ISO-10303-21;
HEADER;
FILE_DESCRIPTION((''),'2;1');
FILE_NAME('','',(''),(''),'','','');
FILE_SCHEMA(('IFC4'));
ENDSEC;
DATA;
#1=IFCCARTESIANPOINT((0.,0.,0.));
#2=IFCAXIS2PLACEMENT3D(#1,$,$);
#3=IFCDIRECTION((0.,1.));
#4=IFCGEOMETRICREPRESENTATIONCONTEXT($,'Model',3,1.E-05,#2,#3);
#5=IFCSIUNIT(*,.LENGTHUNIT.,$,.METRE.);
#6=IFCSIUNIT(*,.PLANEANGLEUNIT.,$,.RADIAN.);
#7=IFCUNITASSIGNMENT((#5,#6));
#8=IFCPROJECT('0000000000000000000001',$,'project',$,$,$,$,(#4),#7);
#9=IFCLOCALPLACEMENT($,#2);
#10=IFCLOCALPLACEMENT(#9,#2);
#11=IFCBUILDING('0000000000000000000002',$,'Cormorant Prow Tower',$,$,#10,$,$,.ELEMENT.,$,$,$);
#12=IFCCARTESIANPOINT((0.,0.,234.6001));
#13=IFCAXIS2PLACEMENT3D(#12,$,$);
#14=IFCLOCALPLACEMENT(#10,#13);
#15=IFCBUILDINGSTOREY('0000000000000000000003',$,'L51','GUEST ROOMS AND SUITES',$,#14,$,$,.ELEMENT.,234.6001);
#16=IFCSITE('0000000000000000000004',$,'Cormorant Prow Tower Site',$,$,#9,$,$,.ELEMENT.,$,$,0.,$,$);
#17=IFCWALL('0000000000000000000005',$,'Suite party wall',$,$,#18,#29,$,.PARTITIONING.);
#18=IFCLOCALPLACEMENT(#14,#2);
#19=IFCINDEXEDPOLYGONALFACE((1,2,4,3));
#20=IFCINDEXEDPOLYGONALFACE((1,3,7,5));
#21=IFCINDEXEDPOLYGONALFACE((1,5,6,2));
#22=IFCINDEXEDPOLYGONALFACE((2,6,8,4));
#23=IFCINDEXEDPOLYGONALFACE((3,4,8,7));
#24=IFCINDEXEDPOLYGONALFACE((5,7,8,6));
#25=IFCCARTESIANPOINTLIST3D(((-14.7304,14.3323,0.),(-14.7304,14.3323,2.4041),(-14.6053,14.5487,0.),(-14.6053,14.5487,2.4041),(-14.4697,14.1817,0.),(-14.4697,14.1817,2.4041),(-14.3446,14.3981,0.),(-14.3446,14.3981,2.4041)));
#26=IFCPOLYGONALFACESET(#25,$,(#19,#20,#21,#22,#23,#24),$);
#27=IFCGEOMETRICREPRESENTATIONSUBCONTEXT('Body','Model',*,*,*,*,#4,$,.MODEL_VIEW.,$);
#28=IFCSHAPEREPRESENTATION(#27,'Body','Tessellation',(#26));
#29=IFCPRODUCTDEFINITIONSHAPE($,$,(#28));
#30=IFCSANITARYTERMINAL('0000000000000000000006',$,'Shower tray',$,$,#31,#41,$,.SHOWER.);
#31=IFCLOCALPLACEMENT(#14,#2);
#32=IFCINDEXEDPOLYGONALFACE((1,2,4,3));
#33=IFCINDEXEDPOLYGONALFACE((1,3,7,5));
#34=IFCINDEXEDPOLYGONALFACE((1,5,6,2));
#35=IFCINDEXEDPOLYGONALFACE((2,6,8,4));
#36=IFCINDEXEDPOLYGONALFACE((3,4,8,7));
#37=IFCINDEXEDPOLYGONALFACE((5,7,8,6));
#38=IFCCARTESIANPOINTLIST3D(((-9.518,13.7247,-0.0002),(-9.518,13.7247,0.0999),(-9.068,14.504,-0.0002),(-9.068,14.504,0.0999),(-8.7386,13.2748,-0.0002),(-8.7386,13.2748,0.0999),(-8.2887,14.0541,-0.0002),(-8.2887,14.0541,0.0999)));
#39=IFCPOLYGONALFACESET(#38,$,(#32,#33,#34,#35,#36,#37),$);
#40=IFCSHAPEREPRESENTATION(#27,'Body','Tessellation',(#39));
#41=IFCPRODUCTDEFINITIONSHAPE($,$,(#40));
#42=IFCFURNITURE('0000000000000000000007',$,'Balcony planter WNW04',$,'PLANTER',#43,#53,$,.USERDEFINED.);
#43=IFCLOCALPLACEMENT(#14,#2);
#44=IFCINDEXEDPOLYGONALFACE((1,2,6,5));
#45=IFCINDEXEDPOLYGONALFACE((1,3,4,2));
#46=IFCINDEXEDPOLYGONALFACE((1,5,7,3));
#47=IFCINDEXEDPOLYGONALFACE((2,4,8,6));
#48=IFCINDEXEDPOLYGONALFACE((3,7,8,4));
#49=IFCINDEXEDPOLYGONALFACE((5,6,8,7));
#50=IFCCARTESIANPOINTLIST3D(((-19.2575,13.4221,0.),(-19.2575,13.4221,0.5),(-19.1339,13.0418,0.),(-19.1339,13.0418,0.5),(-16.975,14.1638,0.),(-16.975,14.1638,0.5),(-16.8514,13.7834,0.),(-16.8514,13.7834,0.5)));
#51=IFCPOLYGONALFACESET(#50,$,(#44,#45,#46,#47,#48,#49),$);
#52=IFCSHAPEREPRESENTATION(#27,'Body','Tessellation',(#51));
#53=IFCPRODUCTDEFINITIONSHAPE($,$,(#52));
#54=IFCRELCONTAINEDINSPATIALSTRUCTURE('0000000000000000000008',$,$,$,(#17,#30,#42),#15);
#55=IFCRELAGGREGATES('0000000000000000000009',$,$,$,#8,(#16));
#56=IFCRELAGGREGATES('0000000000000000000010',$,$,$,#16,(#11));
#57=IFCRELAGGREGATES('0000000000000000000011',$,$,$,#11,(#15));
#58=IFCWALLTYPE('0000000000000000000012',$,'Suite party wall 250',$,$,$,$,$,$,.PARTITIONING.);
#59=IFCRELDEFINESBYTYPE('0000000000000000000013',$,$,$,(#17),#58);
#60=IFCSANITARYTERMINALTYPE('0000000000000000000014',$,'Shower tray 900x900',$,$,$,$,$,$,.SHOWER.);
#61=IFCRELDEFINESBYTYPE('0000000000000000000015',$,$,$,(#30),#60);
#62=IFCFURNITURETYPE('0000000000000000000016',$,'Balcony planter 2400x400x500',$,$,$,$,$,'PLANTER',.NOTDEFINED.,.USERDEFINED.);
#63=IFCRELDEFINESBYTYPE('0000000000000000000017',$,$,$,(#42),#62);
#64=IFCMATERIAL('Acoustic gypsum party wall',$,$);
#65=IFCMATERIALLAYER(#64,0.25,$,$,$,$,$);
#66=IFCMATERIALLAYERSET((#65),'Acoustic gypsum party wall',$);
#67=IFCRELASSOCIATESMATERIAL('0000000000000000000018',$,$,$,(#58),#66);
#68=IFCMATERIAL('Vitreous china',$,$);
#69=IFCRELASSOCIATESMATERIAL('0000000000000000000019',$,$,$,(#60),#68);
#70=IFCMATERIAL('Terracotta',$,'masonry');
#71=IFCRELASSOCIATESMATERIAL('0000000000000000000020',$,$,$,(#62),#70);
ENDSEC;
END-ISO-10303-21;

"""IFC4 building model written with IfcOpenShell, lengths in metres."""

from ifc_helpers import new_model, si_unit, direction, frame, frame_2d, origin, origin_2d, place, context, subcontext, project, spatial, rectangle, extrude, material, layer, layer_set, type_object, element, save


model = new_model("IFC4")

# Units and contexts
model_context = context("Model", 3, precision=1e-05, world=origin(), true_north=direction((0.0, 1.0)))
body_context = subcontext(model_context, "Body", "Model", "MODEL_VIEW")
ifc_project = project(units=[si_unit("LENGTHUNIT", "METRE"), si_unit("PLANEANGLEUNIT", "RADIAN")], contexts=[model_context])

# Site, building, storey
site_placement = place(None, origin())
site = spatial("IfcSite", under=ifc_project, at=site_placement, Name="Cormorant Prow Tower Site", CompositionType="ELEMENT", RefElevation=0.0)
building_placement = place(site_placement, origin())
building = spatial("IfcBuilding", under=site, at=building_placement, Name="Cormorant Prow Tower", CompositionType="ELEMENT")
storey_placement = place(building_placement, frame((0.0, 0.0, 234.6001)))
storey = spatial("IfcBuildingStorey", under=building, at=storey_placement, Name="L51", Description="GUEST ROOMS AND SUITES", CompositionType="ELEMENT", Elevation=234.6001)

# Wall
ifc_material_1 = material(Name="Acoustic gypsum party wall")
ifc_layer_1 = layer(ifc_material_1, 0.25)
ifc_layer_set_1 = layer_set([ifc_layer_1], Name="Acoustic gypsum party wall")
wall_type_1 = type_object("IfcWallType", Name="Suite party wall 250", PredefinedType="PARTITIONING", material=ifc_layer_set_1)
wall_1_placement = place(storey_placement, frame((-14.6677, 14.4404, 0.0), z_axis=(0.0, 0.0, 1.0), x_axis=(0.865888, -0.500237, 0.0)))
element("IfcWall", 1, at=wall_1_placement, inside=storey, type_object=wall_type_1, Name="Suite party wall", PredefinedType="PARTITIONING", context=body_context, shape_type="SweptSolid", body=[
    extrude(rectangle(XDim=0.301, YDim=0.25, at=frame_2d((0.1504, 0.0))), origin(), (0.0, 0.0, 1.0), 2.4041),
])

# Sanitary terminal
ifc_material_2 = material(Name="Vitreous china")
sanitary_terminal_type = type_object("IfcSanitaryTerminalType", Name="Shower tray 900x900", PredefinedType="SHOWER", material=ifc_material_2)
sanitary_terminal_placement = place(storey_placement, frame((-8.9033, 13.8894, -0.0002), z_axis=(0.0, 0.0, 1.0), x_axis=(-0.5, -0.866025, 0.0)))
element("IfcSanitaryTerminal", 2, at=sanitary_terminal_placement, inside=storey, type_object=sanitary_terminal_type, Name="Shower tray", PredefinedType="SHOWER", context=body_context, shape_type="SweptSolid", body=[
    extrude(rectangle(XDim=0.8999, YDim=0.8999, at=origin_2d()), origin(), (0.0, 0.0, 1.0), 0.1001),
])

# Furniture
ifc_material_3 = material(Name="Terracotta", Category="masonry")
furniture_type = type_object("IfcFurnitureType", Name="Balcony planter 2400x400x500", ElementType="PLANTER", AssemblyPlace="NOTDEFINED", PredefinedType="USERDEFINED", material=ifc_material_3)
furniture_placement = place(storey_placement, frame((-18.0544, 13.6028, 0.0), z_axis=(0.0, 0.0, 1.0), x_axis=(-0.951057, -0.309017, 0.0)))
element("IfcFurniture", 3, at=furniture_placement, inside=storey, type_object=furniture_type, Name="Balcony planter WNW04", ObjectType="PLANTER", PredefinedType="USERDEFINED", context=body_context, shape_type="SweptSolid", body=[
    extrude(rectangle(XDim=2.3999, YDim=0.3999, at=origin_2d()), origin(), (0.0, 0.0, 1.0), 0.5),
])

save(model, "model.ifc")
